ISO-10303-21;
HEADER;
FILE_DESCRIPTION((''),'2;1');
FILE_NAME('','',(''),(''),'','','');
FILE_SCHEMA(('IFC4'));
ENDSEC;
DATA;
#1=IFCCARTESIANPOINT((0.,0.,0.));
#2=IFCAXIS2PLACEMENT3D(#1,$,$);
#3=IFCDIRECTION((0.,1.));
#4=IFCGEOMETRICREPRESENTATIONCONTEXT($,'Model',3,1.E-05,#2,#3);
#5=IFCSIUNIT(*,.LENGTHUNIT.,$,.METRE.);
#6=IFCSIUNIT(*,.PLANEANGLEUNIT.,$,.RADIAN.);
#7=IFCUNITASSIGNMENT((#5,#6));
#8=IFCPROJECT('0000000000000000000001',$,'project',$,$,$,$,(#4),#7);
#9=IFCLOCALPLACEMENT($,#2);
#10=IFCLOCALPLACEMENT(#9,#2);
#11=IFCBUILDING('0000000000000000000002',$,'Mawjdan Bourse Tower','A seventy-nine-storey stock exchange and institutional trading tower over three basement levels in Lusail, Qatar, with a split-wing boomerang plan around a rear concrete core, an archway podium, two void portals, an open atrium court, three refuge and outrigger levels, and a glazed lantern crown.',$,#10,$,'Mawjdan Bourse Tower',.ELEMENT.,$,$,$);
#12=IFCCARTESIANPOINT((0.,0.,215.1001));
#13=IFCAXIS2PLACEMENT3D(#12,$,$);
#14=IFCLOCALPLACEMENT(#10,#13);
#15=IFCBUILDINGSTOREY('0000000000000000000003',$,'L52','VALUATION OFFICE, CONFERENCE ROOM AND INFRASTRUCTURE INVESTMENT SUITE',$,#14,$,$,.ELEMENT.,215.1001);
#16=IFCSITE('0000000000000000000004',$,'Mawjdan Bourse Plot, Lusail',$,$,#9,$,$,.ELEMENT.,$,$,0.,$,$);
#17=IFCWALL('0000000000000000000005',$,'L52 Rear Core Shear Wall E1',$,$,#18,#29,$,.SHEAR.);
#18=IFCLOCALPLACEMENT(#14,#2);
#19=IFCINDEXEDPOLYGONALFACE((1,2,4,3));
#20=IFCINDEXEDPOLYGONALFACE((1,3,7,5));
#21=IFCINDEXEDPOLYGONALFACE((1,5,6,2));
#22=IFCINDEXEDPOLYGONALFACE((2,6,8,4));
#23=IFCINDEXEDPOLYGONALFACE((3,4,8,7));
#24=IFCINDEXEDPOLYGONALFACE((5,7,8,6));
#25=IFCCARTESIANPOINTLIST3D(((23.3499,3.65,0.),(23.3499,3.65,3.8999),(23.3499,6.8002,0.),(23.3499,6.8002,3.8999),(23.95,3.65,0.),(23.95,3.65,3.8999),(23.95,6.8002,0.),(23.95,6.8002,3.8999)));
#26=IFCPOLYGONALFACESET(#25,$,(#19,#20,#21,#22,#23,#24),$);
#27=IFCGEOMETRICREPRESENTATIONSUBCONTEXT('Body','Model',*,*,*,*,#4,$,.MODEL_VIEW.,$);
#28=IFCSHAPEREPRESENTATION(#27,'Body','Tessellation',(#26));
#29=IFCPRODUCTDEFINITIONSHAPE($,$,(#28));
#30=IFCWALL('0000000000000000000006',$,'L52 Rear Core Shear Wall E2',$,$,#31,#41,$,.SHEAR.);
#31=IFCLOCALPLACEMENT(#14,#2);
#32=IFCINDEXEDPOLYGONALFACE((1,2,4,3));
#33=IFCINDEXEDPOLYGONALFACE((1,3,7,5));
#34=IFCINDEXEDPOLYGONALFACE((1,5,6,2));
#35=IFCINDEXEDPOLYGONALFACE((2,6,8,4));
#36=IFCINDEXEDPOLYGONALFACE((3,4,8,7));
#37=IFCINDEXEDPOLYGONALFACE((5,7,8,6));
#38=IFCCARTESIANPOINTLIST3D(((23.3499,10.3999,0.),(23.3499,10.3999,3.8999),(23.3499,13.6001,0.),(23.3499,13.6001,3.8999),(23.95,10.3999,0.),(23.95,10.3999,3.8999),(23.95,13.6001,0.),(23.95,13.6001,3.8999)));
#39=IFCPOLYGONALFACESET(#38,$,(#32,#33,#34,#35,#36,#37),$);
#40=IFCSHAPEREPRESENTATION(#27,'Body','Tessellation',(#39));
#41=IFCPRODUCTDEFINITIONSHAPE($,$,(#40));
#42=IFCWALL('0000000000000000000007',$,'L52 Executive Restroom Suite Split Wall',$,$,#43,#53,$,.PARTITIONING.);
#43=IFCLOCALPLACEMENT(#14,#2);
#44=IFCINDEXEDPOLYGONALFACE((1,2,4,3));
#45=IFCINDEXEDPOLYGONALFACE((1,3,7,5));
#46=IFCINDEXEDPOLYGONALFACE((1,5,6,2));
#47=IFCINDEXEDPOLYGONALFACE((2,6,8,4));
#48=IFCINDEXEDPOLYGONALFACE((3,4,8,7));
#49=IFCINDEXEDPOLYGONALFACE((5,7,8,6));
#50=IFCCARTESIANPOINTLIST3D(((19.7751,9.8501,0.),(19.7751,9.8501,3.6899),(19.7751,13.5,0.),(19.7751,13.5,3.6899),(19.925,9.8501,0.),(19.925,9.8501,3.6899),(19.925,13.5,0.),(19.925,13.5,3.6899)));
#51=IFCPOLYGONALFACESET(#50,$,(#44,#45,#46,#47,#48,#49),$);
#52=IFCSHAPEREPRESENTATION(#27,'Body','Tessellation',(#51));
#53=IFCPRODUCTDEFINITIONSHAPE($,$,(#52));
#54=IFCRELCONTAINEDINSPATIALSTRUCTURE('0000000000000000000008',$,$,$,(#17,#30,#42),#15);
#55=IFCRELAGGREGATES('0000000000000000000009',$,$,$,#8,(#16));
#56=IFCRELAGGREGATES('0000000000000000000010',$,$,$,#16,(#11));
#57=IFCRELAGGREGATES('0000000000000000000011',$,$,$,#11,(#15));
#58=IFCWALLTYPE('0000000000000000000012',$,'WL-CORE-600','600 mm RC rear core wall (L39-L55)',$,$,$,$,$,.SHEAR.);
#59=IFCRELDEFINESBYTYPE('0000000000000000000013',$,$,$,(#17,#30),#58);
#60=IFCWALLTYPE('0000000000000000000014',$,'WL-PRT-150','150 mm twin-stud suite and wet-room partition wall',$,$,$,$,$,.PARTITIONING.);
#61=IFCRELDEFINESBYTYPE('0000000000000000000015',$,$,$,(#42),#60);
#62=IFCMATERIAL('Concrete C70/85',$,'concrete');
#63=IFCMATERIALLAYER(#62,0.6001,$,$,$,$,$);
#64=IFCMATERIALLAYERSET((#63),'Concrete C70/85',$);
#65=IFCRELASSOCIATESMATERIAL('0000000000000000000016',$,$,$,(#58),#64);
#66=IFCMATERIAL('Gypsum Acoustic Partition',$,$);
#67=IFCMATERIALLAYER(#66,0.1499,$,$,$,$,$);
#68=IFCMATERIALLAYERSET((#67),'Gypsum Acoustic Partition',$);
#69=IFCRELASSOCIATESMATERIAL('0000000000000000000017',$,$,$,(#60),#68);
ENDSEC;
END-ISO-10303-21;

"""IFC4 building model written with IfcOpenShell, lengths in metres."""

from ifc_helpers import new_model, si_unit, direction, frame, frame_2d, origin, place, context, subcontext, project, spatial, rectangle, extrude, material, layer, layer_set, type_object, element, save


model = new_model("IFC4")

# Units and contexts
model_context = context("Model", 3, precision=1e-05, world=origin(), true_north=direction((0.0, 1.0)))
body_context = subcontext(model_context, "Body", "Model", "MODEL_VIEW")
ifc_project = project(units=[si_unit("LENGTHUNIT", "METRE"), si_unit("PLANEANGLEUNIT", "RADIAN")], contexts=[model_context])

# Site, building, storey
site_placement = place(None, origin())
site = spatial("IfcSite", under=ifc_project, at=site_placement, Name="Mawjdan Bourse Plot, Lusail", CompositionType="ELEMENT", RefElevation=0.0)
building_placement = place(site_placement, origin())
building = spatial("IfcBuilding", under=site, at=building_placement, Name="Mawjdan Bourse Tower", Description="A seventy-nine-storey stock exchange and institutional trading tower over three basement levels in Lusail, Qatar, with a split-wing boomerang plan around a rear concrete core, an archway podium, two void portals, an open atrium court, three refuge and outrigger levels, and a glazed lantern crown.", LongName="Mawjdan Bourse Tower", CompositionType="ELEMENT")
storey_placement = place(building_placement, frame((0.0, 0.0, 215.1001)))
storey = spatial("IfcBuildingStorey", under=building, at=storey_placement, Name="L52", Description="VALUATION OFFICE, CONFERENCE ROOM AND INFRASTRUCTURE INVESTMENT SUITE", CompositionType="ELEMENT", Elevation=215.1001)

# Shared definitions
ifc_material_1 = material(Name="Concrete C70/85", Category="concrete")

# Walls
ifc_layer_1 = layer(ifc_material_1, 0.6001)
ifc_layer_set_1 = layer_set([ifc_layer_1], Name="Concrete C70/85")
wall_type_1 = type_object("IfcWallType", Name="WL-CORE-600", Description="600 mm RC rear core wall (L39-L55)", PredefinedType="SHEAR", material=ifc_layer_set_1)
wall_1_placement = place(storey_placement, frame((23.6499, 3.6499, 0.0), z_axis=(0.0, 0.0, 1.0), x_axis=(0.0, 1.0, 0.0)))
element("IfcWall", 1, at=wall_1_placement, inside=storey, type_object=wall_type_1, Name="L52 Rear Core Shear Wall E1", PredefinedType="SHEAR", context=body_context, shape_type="SweptSolid", body=[
    extrude(rectangle(XDim=3.1501, YDim=0.6001, at=frame_2d((1.5752, 0.0))), origin(), (0.0, 0.0, 1.0), 3.8999),
])
wall_2_placement = place(storey_placement, frame((23.6499, 10.3999, 0.0), z_axis=(0.0, 0.0, 1.0), x_axis=(0.0, 1.0, 0.0)))
element("IfcWall", 2, at=wall_2_placement, inside=storey, type_object=wall_type_1, Name="L52 Rear Core Shear Wall E2", PredefinedType="SHEAR", context=body_context, shape_type="SweptSolid", body=[
    extrude(rectangle(XDim=3.2002, YDim=0.6001, at=frame_2d((1.6001, 0.0))), origin(), (0.0, 0.0, 1.0), 3.8999),
])
ifc_material_2 = material(Name="Gypsum Acoustic Partition")
ifc_layer_2 = layer(ifc_material_2, 0.1499)
ifc_layer_set_2 = layer_set([ifc_layer_2], Name="Gypsum Acoustic Partition")
wall_type_2 = type_object("IfcWallType", Name="WL-PRT-150", Description="150 mm twin-stud suite and wet-room partition wall", PredefinedType="PARTITIONING", material=ifc_layer_set_2)
wall_3_placement = place(storey_placement, frame((19.8501, 9.8501, 0.0), z_axis=(0.0, 0.0, 1.0), x_axis=(0.0, 1.0, 0.0)))
element("IfcWall", 3, at=wall_3_placement, inside=storey, type_object=wall_type_2, Name="L52 Executive Restroom Suite Split Wall", PredefinedType="PARTITIONING", context=body_context, shape_type="SweptSolid", body=[
    extrude(rectangle(XDim=3.6499, YDim=0.1499, at=frame_2d((1.825, 0.0))), origin(), (0.0, 0.0, 1.0), 3.6899),
])

save(model, "model.ifc")
